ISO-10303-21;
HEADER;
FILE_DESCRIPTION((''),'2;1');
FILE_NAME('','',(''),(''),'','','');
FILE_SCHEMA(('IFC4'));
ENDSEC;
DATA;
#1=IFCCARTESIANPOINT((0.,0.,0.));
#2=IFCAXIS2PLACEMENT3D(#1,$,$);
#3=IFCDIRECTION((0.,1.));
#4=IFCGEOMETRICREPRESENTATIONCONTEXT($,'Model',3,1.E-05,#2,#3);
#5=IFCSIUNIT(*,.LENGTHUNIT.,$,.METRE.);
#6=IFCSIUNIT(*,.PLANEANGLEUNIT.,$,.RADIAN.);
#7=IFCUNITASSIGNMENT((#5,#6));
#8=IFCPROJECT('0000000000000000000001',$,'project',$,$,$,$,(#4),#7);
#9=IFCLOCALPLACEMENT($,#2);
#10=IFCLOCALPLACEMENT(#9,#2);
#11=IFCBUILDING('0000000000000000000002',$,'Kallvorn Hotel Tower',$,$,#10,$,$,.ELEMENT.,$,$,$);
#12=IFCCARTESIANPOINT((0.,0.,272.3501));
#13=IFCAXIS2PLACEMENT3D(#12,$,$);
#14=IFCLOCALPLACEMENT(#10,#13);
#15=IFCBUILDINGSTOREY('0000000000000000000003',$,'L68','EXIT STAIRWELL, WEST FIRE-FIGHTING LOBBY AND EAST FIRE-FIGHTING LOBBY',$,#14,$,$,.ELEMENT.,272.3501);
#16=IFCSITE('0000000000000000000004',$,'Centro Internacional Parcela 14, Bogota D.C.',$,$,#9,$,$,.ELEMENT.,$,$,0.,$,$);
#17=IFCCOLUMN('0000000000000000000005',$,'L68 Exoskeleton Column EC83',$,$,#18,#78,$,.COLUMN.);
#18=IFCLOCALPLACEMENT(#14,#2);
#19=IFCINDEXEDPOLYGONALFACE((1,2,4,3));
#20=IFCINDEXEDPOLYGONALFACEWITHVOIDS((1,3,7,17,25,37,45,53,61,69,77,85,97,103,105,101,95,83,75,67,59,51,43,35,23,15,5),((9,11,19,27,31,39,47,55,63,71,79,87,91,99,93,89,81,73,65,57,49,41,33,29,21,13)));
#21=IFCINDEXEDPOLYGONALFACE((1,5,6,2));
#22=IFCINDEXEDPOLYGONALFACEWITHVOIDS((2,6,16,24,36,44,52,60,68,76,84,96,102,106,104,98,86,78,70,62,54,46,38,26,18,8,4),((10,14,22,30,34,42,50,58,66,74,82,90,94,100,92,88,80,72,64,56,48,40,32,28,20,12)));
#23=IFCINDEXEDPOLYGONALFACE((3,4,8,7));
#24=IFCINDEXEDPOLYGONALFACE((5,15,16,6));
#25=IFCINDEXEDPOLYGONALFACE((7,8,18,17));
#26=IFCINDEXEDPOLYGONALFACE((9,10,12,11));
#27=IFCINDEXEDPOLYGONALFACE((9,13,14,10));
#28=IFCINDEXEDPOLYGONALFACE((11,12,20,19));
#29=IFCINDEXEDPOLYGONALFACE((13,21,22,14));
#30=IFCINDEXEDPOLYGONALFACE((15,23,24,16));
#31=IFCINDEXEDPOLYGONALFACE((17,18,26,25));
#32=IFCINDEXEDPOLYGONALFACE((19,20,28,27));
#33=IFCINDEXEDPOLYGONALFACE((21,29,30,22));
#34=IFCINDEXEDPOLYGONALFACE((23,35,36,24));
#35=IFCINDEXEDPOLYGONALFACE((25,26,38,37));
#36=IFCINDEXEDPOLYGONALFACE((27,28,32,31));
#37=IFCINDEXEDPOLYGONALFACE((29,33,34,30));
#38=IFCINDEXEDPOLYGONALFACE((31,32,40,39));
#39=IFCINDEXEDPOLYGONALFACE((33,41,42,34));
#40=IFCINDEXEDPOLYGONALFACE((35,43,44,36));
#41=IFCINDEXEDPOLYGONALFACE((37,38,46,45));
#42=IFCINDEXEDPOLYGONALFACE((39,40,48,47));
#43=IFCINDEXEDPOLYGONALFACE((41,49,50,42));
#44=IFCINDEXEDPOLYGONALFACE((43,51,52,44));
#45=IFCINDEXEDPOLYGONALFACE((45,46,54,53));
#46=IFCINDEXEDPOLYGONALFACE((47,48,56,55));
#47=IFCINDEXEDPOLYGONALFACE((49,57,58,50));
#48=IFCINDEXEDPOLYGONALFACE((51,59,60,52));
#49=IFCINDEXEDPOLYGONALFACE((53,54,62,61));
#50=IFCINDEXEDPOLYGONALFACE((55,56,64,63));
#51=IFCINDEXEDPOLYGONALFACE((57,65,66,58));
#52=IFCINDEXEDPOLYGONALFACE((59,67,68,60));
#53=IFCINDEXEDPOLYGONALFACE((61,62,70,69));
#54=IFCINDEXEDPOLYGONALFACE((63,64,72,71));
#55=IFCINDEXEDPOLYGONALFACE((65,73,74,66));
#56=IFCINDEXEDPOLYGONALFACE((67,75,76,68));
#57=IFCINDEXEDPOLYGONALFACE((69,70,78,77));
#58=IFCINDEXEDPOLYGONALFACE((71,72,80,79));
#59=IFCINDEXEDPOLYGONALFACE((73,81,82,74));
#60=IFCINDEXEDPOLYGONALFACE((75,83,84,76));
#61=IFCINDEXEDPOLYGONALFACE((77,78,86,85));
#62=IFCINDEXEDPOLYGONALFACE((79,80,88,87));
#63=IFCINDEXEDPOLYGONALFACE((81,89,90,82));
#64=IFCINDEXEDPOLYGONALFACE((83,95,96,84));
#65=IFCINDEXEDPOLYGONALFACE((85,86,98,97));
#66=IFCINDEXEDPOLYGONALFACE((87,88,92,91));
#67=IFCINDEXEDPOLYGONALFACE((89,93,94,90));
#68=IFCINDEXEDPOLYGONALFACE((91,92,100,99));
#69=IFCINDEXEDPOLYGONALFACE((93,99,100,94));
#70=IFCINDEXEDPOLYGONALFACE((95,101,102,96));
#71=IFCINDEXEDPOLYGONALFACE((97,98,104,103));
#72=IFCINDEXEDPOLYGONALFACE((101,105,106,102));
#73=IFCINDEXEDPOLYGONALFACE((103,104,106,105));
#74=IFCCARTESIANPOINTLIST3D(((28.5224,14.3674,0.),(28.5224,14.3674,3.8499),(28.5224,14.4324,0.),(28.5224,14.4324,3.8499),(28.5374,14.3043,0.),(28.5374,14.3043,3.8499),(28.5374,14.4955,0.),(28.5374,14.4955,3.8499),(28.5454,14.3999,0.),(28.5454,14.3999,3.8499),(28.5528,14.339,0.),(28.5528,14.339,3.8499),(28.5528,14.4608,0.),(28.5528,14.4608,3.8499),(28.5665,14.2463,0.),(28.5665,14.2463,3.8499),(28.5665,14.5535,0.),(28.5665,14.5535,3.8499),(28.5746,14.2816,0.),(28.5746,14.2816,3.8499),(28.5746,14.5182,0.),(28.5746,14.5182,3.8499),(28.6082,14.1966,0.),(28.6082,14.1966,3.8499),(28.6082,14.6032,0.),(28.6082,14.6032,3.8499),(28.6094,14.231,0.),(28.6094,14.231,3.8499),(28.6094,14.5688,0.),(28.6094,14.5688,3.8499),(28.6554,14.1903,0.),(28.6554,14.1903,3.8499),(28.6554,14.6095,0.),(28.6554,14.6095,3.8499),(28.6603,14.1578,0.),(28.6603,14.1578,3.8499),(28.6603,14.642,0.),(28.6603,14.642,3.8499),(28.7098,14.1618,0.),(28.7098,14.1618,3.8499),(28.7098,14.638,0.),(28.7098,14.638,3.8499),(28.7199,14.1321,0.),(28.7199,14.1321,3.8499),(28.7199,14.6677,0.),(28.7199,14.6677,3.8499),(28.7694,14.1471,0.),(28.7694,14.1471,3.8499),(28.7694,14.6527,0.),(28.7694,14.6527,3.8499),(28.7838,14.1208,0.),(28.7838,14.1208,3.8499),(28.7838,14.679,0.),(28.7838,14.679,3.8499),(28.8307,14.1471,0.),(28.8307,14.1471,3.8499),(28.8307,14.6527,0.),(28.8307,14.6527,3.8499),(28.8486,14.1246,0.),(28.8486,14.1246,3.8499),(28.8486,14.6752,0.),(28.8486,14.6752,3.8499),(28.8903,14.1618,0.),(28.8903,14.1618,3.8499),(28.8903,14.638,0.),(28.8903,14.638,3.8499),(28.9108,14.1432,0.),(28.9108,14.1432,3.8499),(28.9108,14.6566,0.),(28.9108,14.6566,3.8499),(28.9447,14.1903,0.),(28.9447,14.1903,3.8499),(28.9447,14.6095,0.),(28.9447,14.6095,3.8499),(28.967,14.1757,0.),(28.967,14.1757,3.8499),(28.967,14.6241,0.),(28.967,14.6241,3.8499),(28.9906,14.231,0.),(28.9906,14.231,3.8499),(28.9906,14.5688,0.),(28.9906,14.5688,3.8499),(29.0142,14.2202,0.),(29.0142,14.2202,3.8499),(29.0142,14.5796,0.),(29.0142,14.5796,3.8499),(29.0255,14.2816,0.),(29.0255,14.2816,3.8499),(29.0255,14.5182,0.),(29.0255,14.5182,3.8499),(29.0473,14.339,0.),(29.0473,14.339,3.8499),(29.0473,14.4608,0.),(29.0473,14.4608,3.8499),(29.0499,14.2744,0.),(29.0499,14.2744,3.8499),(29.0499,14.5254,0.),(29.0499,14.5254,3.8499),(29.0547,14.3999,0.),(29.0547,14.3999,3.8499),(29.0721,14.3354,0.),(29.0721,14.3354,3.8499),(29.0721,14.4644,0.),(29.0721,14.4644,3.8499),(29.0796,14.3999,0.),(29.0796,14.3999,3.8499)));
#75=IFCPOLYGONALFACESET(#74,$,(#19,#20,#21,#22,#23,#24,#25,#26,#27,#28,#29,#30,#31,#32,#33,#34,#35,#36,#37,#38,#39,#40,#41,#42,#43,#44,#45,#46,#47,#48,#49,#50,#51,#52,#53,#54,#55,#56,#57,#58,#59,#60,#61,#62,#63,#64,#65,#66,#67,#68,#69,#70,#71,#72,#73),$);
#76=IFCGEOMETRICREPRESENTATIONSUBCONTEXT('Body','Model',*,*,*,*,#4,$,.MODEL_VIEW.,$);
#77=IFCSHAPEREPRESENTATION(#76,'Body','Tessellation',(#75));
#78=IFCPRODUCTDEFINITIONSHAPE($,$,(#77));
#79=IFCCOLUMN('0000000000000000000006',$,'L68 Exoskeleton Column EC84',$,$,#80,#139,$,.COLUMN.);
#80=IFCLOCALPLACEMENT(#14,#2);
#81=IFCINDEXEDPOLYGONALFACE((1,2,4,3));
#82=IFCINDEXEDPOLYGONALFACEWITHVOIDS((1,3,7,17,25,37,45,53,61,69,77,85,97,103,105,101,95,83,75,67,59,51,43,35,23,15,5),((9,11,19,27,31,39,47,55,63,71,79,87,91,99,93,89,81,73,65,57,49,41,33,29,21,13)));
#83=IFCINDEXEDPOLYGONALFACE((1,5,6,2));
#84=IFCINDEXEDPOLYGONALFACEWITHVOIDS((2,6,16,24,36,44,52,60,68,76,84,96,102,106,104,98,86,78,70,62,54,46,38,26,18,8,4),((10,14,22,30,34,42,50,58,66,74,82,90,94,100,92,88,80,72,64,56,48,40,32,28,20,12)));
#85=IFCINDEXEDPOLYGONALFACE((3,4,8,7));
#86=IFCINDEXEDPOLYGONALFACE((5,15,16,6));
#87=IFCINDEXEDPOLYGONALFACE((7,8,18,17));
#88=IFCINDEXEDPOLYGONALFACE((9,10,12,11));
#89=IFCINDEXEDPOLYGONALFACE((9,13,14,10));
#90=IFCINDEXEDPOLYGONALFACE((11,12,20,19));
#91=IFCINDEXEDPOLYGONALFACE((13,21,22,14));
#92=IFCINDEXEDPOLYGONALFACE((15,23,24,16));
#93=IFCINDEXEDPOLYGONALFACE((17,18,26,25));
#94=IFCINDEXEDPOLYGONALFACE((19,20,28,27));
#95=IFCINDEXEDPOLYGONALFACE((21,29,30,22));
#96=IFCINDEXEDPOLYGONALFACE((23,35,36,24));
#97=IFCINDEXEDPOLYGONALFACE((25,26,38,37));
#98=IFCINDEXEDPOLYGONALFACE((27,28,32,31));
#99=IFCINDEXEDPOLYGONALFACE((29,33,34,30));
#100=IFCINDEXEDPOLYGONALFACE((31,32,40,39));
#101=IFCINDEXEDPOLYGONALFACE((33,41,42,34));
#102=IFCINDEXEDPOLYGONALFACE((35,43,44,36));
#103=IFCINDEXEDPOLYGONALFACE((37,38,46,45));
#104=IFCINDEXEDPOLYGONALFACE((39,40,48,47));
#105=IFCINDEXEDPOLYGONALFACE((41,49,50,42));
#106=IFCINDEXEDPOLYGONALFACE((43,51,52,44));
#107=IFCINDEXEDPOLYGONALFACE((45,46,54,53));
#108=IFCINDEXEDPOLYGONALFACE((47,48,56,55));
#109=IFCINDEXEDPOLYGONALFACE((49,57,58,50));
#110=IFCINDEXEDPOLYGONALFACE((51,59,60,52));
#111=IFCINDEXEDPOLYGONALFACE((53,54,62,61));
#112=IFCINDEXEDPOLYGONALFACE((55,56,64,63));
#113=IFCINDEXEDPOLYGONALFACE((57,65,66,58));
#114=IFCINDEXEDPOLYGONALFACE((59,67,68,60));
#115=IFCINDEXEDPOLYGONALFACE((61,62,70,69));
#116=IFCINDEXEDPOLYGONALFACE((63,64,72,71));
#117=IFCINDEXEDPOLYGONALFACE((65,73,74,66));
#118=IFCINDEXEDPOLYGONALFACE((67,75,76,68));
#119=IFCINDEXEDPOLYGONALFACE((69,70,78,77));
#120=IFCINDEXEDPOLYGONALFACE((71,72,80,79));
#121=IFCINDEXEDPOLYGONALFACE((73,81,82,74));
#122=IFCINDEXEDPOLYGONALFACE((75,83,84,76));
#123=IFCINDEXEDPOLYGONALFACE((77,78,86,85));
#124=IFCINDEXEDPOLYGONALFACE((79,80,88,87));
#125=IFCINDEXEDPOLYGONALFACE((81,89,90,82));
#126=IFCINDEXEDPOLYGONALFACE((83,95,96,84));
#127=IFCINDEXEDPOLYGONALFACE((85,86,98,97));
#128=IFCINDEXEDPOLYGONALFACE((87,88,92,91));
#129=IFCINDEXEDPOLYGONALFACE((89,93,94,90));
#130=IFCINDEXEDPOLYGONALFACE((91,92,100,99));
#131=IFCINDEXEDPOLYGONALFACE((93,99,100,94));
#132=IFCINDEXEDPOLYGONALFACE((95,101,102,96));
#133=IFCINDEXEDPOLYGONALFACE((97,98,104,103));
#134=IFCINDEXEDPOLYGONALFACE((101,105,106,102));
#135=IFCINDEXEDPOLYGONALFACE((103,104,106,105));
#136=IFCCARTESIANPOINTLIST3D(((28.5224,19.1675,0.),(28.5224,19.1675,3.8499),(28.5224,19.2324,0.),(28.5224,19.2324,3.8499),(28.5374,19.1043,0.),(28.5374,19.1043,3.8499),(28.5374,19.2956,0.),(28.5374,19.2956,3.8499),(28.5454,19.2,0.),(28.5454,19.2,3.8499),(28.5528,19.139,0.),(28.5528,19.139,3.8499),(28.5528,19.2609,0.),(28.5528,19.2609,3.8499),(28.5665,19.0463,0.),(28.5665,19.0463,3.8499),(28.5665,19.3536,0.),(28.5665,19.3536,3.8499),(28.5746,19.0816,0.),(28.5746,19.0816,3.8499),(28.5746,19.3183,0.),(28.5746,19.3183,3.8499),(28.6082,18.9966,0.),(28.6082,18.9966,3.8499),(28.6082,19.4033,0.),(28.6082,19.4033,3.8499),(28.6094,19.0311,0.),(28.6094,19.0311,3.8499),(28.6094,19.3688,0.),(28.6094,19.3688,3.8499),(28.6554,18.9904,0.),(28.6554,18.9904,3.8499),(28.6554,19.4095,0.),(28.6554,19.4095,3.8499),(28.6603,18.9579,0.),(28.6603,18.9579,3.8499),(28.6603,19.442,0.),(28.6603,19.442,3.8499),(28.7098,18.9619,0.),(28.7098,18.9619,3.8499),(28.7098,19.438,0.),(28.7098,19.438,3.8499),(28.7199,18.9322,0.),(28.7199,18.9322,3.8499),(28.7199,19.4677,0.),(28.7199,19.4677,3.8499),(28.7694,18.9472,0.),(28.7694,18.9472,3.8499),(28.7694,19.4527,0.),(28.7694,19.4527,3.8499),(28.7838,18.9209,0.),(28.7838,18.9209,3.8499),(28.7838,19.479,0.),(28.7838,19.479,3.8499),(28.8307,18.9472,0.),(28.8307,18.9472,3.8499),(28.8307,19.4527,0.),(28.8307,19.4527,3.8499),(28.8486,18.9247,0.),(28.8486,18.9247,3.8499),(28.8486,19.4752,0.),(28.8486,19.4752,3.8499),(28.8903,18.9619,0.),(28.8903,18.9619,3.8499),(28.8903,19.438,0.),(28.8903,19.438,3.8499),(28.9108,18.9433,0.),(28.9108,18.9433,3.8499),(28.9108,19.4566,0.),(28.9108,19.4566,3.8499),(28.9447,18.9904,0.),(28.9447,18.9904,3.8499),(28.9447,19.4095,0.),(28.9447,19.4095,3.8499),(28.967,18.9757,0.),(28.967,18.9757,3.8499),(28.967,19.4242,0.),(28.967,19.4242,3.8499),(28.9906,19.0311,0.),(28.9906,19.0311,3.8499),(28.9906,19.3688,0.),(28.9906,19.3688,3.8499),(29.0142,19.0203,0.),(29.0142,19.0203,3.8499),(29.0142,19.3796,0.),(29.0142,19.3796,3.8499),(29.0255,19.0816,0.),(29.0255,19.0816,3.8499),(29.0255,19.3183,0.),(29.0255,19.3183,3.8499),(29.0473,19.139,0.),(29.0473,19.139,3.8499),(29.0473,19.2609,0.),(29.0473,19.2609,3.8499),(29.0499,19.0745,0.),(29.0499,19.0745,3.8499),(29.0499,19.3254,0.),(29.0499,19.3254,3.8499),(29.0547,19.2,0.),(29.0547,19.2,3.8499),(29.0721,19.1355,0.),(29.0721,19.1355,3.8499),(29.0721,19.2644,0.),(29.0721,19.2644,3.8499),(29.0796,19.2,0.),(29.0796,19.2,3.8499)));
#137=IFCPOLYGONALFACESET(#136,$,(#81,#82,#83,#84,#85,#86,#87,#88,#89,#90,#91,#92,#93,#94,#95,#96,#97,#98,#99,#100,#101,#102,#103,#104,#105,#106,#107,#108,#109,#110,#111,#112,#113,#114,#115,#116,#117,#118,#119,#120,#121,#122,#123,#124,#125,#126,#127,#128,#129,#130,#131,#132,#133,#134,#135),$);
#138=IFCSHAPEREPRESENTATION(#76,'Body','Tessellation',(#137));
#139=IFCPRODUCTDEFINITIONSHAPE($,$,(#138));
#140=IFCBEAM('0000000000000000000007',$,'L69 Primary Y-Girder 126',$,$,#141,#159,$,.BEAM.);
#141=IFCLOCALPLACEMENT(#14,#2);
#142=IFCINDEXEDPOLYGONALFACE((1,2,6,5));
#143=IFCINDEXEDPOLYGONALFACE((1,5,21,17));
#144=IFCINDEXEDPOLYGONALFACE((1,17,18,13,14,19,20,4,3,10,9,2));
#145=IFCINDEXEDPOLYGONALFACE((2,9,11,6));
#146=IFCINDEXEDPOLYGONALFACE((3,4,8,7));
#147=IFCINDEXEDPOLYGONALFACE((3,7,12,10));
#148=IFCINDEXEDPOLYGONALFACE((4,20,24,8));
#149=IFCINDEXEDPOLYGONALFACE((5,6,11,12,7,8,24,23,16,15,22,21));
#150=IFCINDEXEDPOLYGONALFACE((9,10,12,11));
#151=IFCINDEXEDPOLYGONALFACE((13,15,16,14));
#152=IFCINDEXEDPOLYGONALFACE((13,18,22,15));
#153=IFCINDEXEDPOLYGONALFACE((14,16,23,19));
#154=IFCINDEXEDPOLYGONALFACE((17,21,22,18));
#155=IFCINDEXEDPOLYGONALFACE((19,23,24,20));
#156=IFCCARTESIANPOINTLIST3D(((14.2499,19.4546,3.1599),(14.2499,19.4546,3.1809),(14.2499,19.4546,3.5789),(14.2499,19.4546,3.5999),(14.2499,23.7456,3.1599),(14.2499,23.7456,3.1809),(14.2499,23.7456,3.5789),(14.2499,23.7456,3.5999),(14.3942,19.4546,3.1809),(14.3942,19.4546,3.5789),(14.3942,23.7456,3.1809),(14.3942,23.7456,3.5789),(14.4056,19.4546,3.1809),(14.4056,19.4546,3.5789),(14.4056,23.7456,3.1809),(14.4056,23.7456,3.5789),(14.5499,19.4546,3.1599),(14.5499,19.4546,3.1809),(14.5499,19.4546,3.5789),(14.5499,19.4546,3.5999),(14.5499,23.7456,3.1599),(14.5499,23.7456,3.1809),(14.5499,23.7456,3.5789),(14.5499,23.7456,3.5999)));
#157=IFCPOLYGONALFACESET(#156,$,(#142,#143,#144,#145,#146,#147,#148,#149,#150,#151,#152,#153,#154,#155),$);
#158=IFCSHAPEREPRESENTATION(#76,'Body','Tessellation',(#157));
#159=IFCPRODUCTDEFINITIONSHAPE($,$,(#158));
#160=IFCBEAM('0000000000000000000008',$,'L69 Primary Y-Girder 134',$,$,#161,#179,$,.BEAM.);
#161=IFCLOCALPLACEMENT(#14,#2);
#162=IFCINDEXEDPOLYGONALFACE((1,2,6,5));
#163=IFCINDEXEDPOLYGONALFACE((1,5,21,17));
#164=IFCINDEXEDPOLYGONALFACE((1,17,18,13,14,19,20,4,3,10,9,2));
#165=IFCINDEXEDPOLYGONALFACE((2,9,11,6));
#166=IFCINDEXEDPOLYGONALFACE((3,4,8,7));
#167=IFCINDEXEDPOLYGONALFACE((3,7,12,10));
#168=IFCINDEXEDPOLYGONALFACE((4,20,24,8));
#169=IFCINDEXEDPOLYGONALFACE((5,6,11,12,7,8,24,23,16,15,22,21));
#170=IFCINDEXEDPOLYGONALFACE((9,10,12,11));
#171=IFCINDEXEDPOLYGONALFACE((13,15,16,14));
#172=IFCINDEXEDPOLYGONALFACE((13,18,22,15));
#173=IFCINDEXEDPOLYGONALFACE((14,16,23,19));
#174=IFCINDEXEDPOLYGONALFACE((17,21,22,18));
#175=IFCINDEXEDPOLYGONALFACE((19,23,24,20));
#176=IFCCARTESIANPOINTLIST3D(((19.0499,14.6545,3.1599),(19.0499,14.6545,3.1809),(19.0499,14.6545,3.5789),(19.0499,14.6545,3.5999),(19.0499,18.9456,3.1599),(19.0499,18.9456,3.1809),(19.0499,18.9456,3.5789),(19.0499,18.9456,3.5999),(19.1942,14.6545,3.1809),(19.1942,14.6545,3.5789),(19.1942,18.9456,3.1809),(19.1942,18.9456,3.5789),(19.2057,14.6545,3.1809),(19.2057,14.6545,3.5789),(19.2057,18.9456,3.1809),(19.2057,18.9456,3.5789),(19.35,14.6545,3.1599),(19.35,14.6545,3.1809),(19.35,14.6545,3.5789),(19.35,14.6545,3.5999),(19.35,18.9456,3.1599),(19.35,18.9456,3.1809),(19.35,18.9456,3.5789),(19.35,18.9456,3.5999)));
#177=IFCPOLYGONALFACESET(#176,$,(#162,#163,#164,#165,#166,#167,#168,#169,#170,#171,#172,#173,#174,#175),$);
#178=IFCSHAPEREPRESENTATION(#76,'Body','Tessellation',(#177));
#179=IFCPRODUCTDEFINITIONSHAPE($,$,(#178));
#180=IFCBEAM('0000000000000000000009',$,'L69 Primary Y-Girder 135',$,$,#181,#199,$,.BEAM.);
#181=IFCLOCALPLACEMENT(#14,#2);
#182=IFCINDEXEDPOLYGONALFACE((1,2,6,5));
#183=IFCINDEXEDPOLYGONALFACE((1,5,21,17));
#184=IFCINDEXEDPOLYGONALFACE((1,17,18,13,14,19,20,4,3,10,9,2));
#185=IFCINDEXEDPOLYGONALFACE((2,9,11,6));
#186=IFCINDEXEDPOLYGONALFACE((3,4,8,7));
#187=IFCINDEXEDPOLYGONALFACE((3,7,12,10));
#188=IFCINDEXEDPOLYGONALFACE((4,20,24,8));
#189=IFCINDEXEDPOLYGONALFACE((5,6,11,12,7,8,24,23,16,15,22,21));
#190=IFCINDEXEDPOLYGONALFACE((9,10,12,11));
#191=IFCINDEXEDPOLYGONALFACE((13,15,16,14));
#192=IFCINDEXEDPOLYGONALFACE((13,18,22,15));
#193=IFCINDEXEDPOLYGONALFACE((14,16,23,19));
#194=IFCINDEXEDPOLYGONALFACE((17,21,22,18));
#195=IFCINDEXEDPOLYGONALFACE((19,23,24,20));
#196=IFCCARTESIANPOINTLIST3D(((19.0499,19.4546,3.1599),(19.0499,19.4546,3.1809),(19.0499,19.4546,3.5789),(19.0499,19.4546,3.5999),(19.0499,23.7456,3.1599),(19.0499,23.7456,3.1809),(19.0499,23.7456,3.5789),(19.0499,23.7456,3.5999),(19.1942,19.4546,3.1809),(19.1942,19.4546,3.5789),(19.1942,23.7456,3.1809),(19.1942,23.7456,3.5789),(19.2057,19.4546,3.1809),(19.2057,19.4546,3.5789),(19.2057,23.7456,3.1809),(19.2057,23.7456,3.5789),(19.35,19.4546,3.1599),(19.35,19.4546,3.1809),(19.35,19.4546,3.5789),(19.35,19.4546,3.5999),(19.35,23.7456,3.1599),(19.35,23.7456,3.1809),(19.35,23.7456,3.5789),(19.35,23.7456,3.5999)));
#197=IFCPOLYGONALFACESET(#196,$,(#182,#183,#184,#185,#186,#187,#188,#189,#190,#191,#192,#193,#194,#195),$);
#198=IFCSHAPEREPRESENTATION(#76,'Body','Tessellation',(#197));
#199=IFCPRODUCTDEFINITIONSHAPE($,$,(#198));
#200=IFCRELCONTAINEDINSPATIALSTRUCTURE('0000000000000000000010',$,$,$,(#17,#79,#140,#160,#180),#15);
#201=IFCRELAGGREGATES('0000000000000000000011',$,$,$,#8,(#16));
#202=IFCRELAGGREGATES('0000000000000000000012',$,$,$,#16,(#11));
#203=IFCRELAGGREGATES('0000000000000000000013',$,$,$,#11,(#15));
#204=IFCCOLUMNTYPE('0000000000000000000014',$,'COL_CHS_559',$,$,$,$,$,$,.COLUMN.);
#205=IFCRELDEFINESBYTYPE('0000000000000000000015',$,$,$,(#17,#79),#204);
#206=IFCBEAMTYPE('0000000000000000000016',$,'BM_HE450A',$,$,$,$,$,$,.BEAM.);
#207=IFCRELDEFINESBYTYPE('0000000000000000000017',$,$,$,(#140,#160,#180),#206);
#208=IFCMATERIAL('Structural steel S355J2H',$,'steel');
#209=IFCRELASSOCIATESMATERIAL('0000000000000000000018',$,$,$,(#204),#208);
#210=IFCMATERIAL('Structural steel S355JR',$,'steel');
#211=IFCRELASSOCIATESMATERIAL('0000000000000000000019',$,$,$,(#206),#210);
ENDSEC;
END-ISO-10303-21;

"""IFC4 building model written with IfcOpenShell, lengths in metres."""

from ifc_helpers import new_model, si_unit, direction, frame, origin, origin_2d, place, context, subcontext, project, spatial, hollow_circle, i_section, extrude, material, material_profile, profile_set, type_object, element, save


model = new_model("IFC4")

# Units and contexts
model_context = context("Model", 3, precision=1e-05, world=origin(), true_north=direction((0.0, 1.0)))
body_context = subcontext(model_context, "Body", "Model", "MODEL_VIEW")
ifc_project = project(units=[si_unit("LENGTHUNIT", "METRE"), si_unit("PLANEANGLEUNIT", "RADIAN")], contexts=[model_context])

# Site, building, storey
site_placement = place(None, origin())
site = spatial("IfcSite", under=ifc_project, at=site_placement, Name="Centro Internacional Parcela 14, Bogota D.C.", CompositionType="ELEMENT", RefElevation=0.0)
building_placement = place(site_placement, origin())
building = spatial("IfcBuilding", under=site, at=building_placement, Name="Kallvorn Hotel Tower", CompositionType="ELEMENT")
storey_placement = place(building_placement, frame((0.0, 0.0, 272.3501)))
storey = spatial("IfcBuildingStorey", under=building, at=storey_placement, Name="L68", Description="EXIT STAIRWELL, WEST FIRE-FIGHTING LOBBY AND EAST FIRE-FIGHTING LOBBY", CompositionType="ELEMENT", Elevation=272.3501)

# Columns
ifc_material_1 = material(Name="Structural steel S355J2H", Category="steel")
ifc_material_profile_1 = material_profile(ifc_material_1, hollow_circle(Radius=0.2795, WallThickness=0.0249, at=origin_2d()), Name="CHS 559x25")
ifc_profile_set_1 = profile_set([ifc_material_profile_1], Name="Structural steel S355J2H")
column_type = type_object("IfcColumnType", Name="COL_CHS_559", PredefinedType="COLUMN", material=ifc_profile_set_1)
for number, where, z_axis, x_axis, name in (
    (1, (28.8, 14.3999, 0.0), (0.0, 0.0, 1.0), (1.0, 0.0, 0.0), "L68 Exoskeleton Column EC83"),
    (2, (28.8, 19.2, 0.0), (0.0, 0.0, 1.0), (1.0, 0.0, 0.0), "L68 Exoskeleton Column EC84"),
):
    element("IfcColumn", number, at=place(storey_placement, frame(where, z_axis=z_axis, x_axis=x_axis)), inside=storey, type_object=column_type, Name=name, PredefinedType="COLUMN", context=body_context, shape_type="SweptSolid", body=[
        extrude(hollow_circle(Radius=0.2795, WallThickness=0.0249, at=origin_2d()), origin(), (0.0, 0.0, 1.0), 3.8499),
    ])

# Beams
ifc_material_2 = material(Name="Structural steel S355JR", Category="steel")
ifc_material_profile_2 = material_profile(ifc_material_2, i_section(OverallWidth=0.3, OverallDepth=0.4399, WebThickness=0.0115, FlangeThickness=0.021, at=origin_2d()), Name="HE 450 A")
ifc_profile_set_2 = profile_set([ifc_material_profile_2], Name="Structural steel S355JR")
beam_type_1 = type_object("IfcBeamType", Name="BM_HE450A", PredefinedType="BEAM", material=ifc_profile_set_2)
for number, where, z_axis, x_axis, name in (
    (3, (14.3999, 19.4546, 3.3799), (0.0, 1.0, 0.0), (-1.0, 0.0, 0.0), "L69 Primary Y-Girder 126"),
    (4, (19.2, 14.6545, 3.3799), (0.0, 1.0, 0.0), (-1.0, 0.0, 0.0), "L69 Primary Y-Girder 134"),
    (5, (19.2, 19.4546, 3.3799), (0.0, 1.0, 0.0), (-1.0, 0.0, 0.0), "L69 Primary Y-Girder 135"),
):
    element("IfcBeam", number, at=place(storey_placement, frame(where, z_axis=z_axis, x_axis=x_axis)), inside=storey, type_object=beam_type_1, Name=name, PredefinedType="BEAM", context=body_context, shape_type="SweptSolid", body=[
        extrude(i_section(OverallWidth=0.3, OverallDepth=0.4399, WebThickness=0.0115, FlangeThickness=0.021, at=origin_2d()), origin(), (0.0, 0.0, 1.0), 4.291),
    ])

save(model, "model.ifc")
